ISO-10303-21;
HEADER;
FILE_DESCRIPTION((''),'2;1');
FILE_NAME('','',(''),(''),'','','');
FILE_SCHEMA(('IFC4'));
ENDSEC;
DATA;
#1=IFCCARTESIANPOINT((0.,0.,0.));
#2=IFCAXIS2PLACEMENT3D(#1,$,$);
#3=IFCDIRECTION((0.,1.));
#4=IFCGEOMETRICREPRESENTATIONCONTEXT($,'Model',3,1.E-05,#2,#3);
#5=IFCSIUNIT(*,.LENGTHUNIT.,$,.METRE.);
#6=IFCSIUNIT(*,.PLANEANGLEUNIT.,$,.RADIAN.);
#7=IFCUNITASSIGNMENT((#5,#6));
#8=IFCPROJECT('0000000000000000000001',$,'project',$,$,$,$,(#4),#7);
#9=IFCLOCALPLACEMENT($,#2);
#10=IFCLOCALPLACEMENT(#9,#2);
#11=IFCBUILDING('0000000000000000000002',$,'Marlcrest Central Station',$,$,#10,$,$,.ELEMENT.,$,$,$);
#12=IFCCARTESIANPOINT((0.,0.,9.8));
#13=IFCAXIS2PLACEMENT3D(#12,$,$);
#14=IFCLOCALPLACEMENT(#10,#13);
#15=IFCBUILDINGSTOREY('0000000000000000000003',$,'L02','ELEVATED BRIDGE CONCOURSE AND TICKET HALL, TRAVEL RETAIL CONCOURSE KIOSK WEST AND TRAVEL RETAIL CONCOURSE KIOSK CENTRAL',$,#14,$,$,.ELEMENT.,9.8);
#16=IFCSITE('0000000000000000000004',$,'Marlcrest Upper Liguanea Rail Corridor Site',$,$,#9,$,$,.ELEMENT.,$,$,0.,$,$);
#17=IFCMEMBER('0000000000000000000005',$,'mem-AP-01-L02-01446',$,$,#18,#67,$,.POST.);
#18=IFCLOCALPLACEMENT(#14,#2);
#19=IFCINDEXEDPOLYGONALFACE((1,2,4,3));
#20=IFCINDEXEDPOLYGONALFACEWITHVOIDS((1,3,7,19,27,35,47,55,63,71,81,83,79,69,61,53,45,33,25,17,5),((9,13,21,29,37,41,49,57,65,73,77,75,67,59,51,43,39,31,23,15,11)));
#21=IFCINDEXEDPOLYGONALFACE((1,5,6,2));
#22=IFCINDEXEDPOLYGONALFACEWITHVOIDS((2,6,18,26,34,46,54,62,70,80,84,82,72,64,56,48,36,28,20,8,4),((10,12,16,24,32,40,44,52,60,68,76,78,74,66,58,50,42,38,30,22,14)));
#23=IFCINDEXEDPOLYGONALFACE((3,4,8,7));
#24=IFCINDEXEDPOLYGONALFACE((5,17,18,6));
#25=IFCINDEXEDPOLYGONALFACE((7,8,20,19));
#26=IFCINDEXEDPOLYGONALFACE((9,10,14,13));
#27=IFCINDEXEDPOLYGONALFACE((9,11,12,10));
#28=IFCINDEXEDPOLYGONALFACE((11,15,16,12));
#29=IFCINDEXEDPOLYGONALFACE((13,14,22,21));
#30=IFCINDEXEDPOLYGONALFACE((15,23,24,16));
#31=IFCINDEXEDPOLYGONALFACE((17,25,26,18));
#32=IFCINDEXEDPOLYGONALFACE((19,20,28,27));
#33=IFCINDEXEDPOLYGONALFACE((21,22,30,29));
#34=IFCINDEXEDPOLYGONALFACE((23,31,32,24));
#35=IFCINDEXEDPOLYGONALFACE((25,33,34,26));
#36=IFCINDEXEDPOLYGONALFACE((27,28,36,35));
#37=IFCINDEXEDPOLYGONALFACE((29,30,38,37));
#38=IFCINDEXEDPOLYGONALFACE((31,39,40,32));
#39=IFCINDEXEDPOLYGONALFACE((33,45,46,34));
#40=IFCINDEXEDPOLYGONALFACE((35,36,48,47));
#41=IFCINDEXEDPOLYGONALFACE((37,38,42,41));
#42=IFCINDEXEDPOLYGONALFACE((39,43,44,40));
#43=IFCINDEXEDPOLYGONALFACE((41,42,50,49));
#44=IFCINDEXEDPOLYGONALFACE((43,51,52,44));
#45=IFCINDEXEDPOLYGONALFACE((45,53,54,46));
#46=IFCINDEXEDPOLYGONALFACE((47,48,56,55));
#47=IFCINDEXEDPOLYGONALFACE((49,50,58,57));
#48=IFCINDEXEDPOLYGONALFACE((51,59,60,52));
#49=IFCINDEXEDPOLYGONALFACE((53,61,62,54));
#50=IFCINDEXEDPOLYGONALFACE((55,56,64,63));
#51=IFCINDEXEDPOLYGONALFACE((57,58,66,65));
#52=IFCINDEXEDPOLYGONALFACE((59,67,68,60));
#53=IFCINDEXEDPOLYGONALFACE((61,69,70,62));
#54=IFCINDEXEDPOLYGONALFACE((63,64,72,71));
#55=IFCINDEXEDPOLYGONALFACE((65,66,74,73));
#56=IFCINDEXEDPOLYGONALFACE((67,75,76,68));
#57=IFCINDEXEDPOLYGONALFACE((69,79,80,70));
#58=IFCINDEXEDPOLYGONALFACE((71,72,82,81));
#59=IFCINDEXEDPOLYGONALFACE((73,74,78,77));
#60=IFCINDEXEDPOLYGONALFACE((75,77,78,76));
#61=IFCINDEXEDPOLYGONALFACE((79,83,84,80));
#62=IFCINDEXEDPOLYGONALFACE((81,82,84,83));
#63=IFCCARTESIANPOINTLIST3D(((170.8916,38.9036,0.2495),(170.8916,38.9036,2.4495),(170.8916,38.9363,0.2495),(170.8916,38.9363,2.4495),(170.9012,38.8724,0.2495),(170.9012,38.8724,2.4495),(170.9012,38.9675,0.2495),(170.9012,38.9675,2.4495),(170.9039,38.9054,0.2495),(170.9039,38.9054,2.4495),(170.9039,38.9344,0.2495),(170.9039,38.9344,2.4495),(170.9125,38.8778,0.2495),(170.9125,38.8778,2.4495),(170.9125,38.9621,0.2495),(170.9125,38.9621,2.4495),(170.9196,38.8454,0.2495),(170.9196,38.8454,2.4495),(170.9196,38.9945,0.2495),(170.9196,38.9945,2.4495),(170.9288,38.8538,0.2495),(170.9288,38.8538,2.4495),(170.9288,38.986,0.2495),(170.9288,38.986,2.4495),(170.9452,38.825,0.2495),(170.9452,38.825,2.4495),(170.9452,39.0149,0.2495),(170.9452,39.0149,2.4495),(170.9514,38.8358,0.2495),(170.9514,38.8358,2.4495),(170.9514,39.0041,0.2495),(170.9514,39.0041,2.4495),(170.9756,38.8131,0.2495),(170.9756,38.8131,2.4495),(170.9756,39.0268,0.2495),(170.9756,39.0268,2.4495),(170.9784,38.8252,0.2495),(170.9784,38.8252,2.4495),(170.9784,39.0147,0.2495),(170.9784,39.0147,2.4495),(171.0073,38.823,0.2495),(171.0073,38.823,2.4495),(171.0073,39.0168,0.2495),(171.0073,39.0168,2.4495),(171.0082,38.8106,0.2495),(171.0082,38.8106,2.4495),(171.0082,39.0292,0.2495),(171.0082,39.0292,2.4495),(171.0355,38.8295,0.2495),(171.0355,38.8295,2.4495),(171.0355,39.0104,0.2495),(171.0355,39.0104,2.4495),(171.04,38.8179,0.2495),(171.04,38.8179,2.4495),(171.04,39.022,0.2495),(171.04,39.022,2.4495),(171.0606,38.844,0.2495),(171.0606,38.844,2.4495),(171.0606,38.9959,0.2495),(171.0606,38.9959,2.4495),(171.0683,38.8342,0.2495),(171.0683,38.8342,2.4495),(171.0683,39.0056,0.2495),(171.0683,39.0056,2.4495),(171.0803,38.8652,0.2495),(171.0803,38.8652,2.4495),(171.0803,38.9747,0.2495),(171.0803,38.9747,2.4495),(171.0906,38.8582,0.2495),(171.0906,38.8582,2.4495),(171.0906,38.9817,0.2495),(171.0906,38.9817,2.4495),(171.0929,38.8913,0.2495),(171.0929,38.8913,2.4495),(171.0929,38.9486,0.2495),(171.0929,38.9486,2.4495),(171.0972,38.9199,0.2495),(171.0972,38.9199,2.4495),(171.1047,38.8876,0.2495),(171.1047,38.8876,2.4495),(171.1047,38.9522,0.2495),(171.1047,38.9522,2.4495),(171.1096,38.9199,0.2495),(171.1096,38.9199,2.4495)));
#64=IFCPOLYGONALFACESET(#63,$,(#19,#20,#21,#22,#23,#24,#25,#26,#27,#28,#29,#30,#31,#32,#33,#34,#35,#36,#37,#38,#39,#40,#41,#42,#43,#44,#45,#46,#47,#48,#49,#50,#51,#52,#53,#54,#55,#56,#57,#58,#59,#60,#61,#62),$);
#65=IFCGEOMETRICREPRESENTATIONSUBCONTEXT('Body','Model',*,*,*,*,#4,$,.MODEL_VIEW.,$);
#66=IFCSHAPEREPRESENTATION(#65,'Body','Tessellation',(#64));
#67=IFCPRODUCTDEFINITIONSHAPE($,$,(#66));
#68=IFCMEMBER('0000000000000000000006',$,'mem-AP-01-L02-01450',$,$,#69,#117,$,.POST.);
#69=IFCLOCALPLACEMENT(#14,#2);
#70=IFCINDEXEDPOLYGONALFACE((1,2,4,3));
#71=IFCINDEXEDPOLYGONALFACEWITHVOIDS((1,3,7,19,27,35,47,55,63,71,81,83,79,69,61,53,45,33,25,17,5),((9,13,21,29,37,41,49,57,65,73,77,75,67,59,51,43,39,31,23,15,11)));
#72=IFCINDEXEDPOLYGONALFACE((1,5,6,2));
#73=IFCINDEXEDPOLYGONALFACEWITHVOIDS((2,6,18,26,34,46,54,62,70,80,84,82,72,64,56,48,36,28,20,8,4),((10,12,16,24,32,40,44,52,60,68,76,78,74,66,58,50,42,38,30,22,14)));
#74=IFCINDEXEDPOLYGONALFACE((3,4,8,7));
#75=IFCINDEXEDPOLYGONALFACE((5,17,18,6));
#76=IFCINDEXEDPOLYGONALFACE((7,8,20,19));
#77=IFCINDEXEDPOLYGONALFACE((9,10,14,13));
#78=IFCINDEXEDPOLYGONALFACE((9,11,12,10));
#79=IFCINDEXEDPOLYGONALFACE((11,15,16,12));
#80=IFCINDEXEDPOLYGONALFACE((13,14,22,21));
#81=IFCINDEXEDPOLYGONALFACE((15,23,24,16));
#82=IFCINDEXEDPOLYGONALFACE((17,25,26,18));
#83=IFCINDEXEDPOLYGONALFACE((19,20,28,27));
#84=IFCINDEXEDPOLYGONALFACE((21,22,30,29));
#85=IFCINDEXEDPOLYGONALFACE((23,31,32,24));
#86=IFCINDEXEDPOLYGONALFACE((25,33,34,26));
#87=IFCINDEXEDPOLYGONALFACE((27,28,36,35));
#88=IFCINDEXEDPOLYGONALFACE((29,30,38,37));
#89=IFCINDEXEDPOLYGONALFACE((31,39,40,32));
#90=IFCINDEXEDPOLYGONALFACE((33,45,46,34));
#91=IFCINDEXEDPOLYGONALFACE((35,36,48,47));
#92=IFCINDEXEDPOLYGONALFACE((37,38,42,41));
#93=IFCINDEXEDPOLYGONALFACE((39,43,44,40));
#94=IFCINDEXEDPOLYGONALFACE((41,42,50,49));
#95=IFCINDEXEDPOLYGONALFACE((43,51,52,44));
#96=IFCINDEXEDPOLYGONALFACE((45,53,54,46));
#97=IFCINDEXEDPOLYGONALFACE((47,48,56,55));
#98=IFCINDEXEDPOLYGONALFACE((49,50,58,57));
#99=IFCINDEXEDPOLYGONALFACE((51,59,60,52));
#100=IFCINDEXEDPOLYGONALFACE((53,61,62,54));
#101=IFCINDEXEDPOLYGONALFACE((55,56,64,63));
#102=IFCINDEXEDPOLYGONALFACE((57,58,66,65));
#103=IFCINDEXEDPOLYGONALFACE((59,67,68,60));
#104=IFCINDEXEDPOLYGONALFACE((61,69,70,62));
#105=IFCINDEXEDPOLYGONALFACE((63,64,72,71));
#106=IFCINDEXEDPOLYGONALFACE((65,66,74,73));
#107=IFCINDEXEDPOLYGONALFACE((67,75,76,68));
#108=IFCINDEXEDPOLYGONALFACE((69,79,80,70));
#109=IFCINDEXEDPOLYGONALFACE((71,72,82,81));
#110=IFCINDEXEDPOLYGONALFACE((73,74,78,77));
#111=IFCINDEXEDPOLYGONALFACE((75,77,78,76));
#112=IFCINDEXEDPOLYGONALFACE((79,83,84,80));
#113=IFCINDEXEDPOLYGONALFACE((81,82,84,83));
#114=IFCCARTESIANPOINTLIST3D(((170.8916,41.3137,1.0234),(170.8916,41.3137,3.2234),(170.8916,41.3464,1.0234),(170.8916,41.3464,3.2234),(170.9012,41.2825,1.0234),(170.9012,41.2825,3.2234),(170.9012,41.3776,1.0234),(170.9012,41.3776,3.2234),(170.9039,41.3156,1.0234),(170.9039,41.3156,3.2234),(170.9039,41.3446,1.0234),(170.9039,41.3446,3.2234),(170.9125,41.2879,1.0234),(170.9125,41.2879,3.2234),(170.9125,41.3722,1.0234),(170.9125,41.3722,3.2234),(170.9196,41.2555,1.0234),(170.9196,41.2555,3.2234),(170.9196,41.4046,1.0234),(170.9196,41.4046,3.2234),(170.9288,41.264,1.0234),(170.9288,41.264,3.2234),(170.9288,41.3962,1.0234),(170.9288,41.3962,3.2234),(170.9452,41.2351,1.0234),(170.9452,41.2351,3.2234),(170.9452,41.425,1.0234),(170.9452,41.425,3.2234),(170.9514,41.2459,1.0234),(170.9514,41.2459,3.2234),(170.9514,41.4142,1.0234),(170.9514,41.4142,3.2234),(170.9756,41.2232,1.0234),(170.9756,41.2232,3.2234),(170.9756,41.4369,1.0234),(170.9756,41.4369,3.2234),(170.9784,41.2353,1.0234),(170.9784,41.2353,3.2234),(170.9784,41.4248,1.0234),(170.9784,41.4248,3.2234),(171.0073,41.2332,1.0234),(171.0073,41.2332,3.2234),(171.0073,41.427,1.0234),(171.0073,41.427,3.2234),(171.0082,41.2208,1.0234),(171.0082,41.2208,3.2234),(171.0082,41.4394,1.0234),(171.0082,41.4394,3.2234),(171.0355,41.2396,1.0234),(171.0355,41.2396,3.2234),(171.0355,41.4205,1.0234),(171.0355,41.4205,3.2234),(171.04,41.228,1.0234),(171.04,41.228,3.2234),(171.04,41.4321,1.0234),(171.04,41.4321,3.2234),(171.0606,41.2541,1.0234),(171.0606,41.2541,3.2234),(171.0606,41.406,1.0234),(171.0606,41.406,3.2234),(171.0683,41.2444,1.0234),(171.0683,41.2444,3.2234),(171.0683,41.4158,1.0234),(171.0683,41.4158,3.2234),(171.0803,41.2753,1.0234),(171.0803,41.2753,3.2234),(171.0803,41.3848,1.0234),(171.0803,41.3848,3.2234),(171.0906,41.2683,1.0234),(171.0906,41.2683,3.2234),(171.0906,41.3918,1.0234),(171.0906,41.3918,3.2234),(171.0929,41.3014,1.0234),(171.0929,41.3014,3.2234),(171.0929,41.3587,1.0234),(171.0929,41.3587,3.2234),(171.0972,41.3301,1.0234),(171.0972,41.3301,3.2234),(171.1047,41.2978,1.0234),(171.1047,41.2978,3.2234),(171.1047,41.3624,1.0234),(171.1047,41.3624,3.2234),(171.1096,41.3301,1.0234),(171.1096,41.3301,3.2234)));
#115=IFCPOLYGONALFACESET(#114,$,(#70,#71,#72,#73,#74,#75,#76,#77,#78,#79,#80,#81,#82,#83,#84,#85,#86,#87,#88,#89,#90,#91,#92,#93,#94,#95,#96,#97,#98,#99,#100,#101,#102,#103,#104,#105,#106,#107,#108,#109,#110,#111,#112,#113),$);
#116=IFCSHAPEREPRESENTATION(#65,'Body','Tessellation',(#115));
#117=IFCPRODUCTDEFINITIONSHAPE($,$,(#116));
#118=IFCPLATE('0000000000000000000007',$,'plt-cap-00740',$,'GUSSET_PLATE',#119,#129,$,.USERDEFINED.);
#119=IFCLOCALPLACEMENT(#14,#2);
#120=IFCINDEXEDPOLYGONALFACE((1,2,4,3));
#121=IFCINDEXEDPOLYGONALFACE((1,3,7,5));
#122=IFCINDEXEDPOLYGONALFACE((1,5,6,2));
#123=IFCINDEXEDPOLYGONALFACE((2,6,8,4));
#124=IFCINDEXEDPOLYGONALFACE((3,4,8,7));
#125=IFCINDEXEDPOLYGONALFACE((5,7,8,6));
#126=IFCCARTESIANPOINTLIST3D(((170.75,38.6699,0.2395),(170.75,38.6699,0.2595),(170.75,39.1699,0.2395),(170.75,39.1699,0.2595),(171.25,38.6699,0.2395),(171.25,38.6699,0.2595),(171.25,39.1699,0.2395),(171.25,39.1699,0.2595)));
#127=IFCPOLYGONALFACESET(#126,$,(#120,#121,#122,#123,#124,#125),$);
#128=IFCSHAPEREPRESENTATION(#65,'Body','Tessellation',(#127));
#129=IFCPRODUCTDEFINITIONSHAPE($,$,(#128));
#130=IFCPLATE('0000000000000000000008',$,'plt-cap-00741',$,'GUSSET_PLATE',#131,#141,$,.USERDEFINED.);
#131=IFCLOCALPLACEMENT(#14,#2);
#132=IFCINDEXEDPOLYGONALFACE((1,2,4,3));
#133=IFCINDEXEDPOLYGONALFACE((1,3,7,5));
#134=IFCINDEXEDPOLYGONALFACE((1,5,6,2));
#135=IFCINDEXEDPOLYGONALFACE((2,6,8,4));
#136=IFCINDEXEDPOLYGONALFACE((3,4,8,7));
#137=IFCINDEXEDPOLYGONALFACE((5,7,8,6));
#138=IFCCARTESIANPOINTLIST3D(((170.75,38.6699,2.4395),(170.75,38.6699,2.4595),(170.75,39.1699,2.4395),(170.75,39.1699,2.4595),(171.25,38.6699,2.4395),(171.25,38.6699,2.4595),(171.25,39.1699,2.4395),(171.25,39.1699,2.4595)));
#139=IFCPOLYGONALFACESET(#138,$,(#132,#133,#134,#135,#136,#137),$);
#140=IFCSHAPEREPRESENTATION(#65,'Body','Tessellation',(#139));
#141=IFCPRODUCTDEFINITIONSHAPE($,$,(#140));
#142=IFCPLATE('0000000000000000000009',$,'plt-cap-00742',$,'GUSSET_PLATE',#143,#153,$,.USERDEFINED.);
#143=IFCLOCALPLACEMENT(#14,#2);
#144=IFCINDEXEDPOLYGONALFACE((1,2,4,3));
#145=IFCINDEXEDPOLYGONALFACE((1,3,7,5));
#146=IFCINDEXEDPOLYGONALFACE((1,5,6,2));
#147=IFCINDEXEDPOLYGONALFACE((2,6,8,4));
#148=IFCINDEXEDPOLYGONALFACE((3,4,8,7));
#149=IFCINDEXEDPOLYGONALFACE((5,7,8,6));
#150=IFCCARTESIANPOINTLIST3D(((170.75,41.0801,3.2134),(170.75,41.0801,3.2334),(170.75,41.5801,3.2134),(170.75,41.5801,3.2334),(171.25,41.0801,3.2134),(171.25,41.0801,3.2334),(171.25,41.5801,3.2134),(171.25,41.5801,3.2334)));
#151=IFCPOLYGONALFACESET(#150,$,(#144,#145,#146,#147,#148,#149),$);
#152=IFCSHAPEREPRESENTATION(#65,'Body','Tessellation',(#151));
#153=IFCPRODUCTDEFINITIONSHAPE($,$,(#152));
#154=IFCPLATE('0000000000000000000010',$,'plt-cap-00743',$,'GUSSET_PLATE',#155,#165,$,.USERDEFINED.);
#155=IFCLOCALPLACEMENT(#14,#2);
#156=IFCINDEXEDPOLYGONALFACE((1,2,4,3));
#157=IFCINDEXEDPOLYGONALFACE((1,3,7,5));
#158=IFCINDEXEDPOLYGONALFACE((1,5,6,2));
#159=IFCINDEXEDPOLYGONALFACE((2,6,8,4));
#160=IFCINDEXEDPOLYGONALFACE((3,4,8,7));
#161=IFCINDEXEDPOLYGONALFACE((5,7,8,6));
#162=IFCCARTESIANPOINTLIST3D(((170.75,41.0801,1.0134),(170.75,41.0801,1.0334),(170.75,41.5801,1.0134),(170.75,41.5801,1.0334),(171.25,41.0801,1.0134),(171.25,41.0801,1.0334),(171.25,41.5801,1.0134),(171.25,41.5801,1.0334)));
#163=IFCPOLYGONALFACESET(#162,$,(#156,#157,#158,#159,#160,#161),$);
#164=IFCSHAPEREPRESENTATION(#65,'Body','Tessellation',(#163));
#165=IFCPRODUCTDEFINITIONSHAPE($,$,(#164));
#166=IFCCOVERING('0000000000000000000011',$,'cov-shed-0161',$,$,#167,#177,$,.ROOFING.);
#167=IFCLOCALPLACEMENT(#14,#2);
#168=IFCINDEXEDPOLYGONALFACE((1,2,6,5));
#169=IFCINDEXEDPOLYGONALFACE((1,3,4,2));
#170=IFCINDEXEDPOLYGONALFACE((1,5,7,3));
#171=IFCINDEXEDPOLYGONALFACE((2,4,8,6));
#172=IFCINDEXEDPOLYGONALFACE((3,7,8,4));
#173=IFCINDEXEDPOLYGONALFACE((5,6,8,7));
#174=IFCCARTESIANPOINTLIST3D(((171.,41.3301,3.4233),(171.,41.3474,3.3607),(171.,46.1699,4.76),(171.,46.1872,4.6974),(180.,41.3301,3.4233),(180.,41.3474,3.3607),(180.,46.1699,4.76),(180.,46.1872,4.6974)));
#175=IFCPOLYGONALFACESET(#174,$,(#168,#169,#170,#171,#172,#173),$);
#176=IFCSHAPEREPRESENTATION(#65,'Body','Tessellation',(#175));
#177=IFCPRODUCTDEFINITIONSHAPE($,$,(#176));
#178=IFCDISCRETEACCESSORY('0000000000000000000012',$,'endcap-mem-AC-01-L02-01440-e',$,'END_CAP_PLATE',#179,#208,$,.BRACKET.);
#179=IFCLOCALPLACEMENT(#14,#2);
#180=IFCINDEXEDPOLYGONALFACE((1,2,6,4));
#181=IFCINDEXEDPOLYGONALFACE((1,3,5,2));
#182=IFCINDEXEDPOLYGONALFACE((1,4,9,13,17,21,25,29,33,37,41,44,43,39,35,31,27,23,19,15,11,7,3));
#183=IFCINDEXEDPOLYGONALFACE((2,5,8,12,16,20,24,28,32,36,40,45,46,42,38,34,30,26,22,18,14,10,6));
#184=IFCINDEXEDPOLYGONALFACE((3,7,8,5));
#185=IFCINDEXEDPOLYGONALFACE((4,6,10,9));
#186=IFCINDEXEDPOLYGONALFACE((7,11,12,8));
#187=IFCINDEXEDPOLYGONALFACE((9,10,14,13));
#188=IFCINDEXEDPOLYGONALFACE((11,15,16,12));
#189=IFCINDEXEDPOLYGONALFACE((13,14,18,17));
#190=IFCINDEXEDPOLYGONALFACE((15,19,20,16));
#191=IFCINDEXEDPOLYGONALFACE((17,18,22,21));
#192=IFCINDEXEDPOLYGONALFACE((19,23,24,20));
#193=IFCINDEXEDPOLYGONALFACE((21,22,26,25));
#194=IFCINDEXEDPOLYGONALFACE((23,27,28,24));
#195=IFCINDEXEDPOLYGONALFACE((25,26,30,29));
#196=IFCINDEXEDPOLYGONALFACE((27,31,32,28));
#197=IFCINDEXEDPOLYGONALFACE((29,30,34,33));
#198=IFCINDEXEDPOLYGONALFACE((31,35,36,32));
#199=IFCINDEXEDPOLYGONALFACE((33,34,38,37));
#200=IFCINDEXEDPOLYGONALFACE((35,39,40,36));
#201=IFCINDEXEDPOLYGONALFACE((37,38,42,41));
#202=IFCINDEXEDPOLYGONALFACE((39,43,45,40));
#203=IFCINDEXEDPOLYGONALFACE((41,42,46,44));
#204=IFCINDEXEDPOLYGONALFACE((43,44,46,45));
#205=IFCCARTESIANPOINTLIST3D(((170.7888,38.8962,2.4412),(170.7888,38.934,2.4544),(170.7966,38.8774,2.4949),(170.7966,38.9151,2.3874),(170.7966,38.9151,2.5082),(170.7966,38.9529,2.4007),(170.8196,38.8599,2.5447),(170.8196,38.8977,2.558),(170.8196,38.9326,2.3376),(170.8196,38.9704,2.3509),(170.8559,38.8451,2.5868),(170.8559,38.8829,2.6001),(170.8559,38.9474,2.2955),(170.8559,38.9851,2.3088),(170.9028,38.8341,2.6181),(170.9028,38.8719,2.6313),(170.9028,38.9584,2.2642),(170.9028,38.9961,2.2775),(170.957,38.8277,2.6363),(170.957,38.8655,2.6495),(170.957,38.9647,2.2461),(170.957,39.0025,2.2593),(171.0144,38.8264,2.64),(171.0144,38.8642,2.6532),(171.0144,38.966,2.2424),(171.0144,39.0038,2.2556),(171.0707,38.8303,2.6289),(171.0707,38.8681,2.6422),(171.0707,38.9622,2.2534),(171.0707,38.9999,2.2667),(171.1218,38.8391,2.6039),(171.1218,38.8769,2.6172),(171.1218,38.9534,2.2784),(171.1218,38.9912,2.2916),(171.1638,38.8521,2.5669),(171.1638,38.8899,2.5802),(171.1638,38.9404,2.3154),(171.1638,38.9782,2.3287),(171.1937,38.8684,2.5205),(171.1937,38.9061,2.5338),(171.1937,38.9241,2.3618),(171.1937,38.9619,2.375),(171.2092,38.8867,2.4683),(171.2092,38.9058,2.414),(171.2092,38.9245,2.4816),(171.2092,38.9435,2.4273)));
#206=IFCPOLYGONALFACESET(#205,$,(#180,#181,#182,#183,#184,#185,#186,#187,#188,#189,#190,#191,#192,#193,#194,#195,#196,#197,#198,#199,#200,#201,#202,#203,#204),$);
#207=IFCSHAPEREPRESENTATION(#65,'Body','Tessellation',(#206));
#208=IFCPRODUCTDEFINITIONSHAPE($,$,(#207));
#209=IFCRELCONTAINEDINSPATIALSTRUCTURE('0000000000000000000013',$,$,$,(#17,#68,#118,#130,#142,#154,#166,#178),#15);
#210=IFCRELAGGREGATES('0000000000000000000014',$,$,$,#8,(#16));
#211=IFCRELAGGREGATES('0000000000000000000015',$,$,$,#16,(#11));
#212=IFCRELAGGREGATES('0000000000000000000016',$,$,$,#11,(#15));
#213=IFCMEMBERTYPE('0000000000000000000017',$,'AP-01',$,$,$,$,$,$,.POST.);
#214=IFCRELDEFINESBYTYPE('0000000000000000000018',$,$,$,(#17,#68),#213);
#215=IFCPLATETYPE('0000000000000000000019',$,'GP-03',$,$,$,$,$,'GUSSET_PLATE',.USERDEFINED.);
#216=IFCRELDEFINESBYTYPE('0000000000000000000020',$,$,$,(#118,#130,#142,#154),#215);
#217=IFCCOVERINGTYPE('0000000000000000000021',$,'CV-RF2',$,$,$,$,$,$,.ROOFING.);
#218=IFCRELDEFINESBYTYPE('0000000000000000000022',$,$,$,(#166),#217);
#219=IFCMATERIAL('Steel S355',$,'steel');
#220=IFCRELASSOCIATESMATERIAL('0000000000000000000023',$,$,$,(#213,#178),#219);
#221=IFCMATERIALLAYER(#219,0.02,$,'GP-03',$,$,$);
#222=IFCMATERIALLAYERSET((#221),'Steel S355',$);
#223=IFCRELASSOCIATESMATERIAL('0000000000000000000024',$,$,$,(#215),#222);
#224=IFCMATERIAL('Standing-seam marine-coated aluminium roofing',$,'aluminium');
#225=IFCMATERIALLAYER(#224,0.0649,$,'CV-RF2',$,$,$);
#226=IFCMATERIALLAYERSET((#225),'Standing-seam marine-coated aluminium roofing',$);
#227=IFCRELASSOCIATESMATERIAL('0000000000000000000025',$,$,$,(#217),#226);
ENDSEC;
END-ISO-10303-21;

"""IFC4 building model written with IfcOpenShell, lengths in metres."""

from ifc_helpers import new_model, si_unit, direction, frame, origin, origin_2d, place, context, subcontext, project, spatial, polyline, rectangle, circle, hollow_circle, outline, extrude, material, layer, layer_set, material_profile, profile_set, type_object, element, save


model = new_model("IFC4")

# Units and contexts
model_context = context("Model", 3, precision=1e-05, world=origin(), true_north=direction((0.0, 1.0)))
body_context = subcontext(model_context, "Body", "Model", "MODEL_VIEW")
ifc_project = project(units=[si_unit("LENGTHUNIT", "METRE"), si_unit("PLANEANGLEUNIT", "RADIAN")], contexts=[model_context])

# Site, building, storey
site_placement = place(None, origin())
site = spatial("IfcSite", under=ifc_project, at=site_placement, Name="Marlcrest Upper Liguanea Rail Corridor Site", CompositionType="ELEMENT", RefElevation=0.0)
building_placement = place(site_placement, origin())
building = spatial("IfcBuilding", under=site, at=building_placement, Name="Marlcrest Central Station", CompositionType="ELEMENT")
storey_placement = place(building_placement, frame((0.0, 0.0, 9.8)))
storey = spatial("IfcBuildingStorey", under=building, at=storey_placement, Name="L02", Description="ELEVATED BRIDGE CONCOURSE AND TICKET HALL, TRAVEL RETAIL CONCOURSE KIOSK WEST AND TRAVEL RETAIL CONCOURSE KIOSK CENTRAL", CompositionType="ELEMENT", Elevation=9.8)

# Members
ifc_material_1 = material(Name="Steel S355", Category="steel")
ifc_material_profile_1 = material_profile(ifc_material_1, hollow_circle(Radius=0.1096, WallThickness=0.0125, at=origin_2d()), Name="CHS 219.1x12.5")
ifc_profile_set_1 = profile_set([ifc_material_profile_1], Name="Steel S355")
member_type_1 = type_object("IfcMemberType", Name="AP-01", PredefinedType="POST", material=ifc_profile_set_1)
for number, where, z_axis, x_axis, name in (
    (1, (171.0, 38.9199, 0.2495), (0.0, 0.0, 1.0), (1.0, 0.0, 0.0), "mem-AP-01-L02-01446"),
    (2, (171.0, 41.3301, 1.0234), (0.0, 0.0, 1.0), (1.0, 0.0, 0.0), "mem-AP-01-L02-01450"),
):
    element("IfcMember", number, at=place(storey_placement, frame(where, z_axis=z_axis, x_axis=x_axis)), inside=storey, type_object=member_type_1, Name=name, PredefinedType="POST", context=body_context, shape_type="SweptSolid", body=[
        extrude(hollow_circle(Radius=0.1096, WallThickness=0.0125, at=origin_2d()), origin(), (0.0, 0.0, 1.0), 2.2),
    ])

# Plates
ifc_layer_1 = layer(ifc_material_1, 0.02, Name="GP-03")
ifc_layer_set_1 = layer_set([ifc_layer_1], Name="Steel S355")
plate_type = type_object("IfcPlateType", Name="GP-03", ElementType="GUSSET_PLATE", PredefinedType="USERDEFINED", material=ifc_layer_set_1)
for number, where, z_axis, x_axis, name in (
    (3, (171.0, 38.9199, 0.2395), (0.0, 0.0, 1.0), (1.0, 0.0, 0.0), "plt-cap-00740"),
    (4, (171.0, 38.9199, 2.4395), (0.0, 0.0, 1.0), (1.0, 0.0, 0.0), "plt-cap-00741"),
    (5, (171.0, 41.3301, 3.2134), (0.0, 0.0, 1.0), (1.0, 0.0, 0.0), "plt-cap-00742"),
    (6, (171.0, 41.3301, 1.0134), (0.0, 0.0, 1.0), (1.0, 0.0, 0.0), "plt-cap-00743"),
):
    element("IfcPlate", number, at=place(storey_placement, frame(where, z_axis=z_axis, x_axis=x_axis)), inside=storey, type_object=plate_type, Name=name, ObjectType="GUSSET_PLATE", PredefinedType="USERDEFINED", context=body_context, shape_type="SweptSolid", body=[
        extrude(rectangle(XDim=0.5, YDim=0.5, at=origin_2d()), origin(), (0.0, 0.0, 1.0), 0.02),
    ])

# Covering
ifc_material_2 = material(Name="Standing-seam marine-coated aluminium roofing", Category="aluminium")
ifc_layer_2 = layer(ifc_material_2, 0.0649, Name="CV-RF2")
ifc_layer_set_2 = layer_set([ifc_layer_2], Name="Standing-seam marine-coated aluminium roofing")
covering_type = type_object("IfcCoveringType", Name="CV-RF2", PredefinedType="ROOFING", material=ifc_layer_set_2)
covering_placement = place(storey_placement, frame((171.0, 41.3301, 3.4233), z_axis=(0.0, -0.266214, 0.963914), x_axis=(1.0, 0.0, 0.0)))
element("IfcCovering", 7, at=covering_placement, inside=storey, type_object=covering_type, Name="cov-shed-0161", PredefinedType="ROOFING", context=body_context, shape_type="SweptSolid", body=[
    extrude(outline(polyline([(0.0, 0.0), (9.0, 0.0), (9.0, 5.021), (0.0, 5.021), (0.0, 0.0)])), origin(), (0.0, 0.0, -1.0), 0.0649),
])

# Discrete accessory
discrete_accessory_1_placement = place(storey_placement, frame((171.0, 38.8962, 2.4412), z_axis=(0.0, 0.943537, 0.331266), x_axis=(-1.0, 0.0, 0.0)))
element("IfcDiscreteAccessory", 8, at=discrete_accessory_1_placement, inside=storey, material=ifc_material_1, Name="endcap-mem-AC-01-L02-01440-e", ObjectType="END_CAP_PLATE", PredefinedType="BRACKET", context=body_context, shape_type="SweptSolid", body=[
    extrude(circle(Radius=0.2112, at=origin_2d()), origin(), (0.0, 0.0, 1.0), 0.04),
])

save(model, "model.ifc")
